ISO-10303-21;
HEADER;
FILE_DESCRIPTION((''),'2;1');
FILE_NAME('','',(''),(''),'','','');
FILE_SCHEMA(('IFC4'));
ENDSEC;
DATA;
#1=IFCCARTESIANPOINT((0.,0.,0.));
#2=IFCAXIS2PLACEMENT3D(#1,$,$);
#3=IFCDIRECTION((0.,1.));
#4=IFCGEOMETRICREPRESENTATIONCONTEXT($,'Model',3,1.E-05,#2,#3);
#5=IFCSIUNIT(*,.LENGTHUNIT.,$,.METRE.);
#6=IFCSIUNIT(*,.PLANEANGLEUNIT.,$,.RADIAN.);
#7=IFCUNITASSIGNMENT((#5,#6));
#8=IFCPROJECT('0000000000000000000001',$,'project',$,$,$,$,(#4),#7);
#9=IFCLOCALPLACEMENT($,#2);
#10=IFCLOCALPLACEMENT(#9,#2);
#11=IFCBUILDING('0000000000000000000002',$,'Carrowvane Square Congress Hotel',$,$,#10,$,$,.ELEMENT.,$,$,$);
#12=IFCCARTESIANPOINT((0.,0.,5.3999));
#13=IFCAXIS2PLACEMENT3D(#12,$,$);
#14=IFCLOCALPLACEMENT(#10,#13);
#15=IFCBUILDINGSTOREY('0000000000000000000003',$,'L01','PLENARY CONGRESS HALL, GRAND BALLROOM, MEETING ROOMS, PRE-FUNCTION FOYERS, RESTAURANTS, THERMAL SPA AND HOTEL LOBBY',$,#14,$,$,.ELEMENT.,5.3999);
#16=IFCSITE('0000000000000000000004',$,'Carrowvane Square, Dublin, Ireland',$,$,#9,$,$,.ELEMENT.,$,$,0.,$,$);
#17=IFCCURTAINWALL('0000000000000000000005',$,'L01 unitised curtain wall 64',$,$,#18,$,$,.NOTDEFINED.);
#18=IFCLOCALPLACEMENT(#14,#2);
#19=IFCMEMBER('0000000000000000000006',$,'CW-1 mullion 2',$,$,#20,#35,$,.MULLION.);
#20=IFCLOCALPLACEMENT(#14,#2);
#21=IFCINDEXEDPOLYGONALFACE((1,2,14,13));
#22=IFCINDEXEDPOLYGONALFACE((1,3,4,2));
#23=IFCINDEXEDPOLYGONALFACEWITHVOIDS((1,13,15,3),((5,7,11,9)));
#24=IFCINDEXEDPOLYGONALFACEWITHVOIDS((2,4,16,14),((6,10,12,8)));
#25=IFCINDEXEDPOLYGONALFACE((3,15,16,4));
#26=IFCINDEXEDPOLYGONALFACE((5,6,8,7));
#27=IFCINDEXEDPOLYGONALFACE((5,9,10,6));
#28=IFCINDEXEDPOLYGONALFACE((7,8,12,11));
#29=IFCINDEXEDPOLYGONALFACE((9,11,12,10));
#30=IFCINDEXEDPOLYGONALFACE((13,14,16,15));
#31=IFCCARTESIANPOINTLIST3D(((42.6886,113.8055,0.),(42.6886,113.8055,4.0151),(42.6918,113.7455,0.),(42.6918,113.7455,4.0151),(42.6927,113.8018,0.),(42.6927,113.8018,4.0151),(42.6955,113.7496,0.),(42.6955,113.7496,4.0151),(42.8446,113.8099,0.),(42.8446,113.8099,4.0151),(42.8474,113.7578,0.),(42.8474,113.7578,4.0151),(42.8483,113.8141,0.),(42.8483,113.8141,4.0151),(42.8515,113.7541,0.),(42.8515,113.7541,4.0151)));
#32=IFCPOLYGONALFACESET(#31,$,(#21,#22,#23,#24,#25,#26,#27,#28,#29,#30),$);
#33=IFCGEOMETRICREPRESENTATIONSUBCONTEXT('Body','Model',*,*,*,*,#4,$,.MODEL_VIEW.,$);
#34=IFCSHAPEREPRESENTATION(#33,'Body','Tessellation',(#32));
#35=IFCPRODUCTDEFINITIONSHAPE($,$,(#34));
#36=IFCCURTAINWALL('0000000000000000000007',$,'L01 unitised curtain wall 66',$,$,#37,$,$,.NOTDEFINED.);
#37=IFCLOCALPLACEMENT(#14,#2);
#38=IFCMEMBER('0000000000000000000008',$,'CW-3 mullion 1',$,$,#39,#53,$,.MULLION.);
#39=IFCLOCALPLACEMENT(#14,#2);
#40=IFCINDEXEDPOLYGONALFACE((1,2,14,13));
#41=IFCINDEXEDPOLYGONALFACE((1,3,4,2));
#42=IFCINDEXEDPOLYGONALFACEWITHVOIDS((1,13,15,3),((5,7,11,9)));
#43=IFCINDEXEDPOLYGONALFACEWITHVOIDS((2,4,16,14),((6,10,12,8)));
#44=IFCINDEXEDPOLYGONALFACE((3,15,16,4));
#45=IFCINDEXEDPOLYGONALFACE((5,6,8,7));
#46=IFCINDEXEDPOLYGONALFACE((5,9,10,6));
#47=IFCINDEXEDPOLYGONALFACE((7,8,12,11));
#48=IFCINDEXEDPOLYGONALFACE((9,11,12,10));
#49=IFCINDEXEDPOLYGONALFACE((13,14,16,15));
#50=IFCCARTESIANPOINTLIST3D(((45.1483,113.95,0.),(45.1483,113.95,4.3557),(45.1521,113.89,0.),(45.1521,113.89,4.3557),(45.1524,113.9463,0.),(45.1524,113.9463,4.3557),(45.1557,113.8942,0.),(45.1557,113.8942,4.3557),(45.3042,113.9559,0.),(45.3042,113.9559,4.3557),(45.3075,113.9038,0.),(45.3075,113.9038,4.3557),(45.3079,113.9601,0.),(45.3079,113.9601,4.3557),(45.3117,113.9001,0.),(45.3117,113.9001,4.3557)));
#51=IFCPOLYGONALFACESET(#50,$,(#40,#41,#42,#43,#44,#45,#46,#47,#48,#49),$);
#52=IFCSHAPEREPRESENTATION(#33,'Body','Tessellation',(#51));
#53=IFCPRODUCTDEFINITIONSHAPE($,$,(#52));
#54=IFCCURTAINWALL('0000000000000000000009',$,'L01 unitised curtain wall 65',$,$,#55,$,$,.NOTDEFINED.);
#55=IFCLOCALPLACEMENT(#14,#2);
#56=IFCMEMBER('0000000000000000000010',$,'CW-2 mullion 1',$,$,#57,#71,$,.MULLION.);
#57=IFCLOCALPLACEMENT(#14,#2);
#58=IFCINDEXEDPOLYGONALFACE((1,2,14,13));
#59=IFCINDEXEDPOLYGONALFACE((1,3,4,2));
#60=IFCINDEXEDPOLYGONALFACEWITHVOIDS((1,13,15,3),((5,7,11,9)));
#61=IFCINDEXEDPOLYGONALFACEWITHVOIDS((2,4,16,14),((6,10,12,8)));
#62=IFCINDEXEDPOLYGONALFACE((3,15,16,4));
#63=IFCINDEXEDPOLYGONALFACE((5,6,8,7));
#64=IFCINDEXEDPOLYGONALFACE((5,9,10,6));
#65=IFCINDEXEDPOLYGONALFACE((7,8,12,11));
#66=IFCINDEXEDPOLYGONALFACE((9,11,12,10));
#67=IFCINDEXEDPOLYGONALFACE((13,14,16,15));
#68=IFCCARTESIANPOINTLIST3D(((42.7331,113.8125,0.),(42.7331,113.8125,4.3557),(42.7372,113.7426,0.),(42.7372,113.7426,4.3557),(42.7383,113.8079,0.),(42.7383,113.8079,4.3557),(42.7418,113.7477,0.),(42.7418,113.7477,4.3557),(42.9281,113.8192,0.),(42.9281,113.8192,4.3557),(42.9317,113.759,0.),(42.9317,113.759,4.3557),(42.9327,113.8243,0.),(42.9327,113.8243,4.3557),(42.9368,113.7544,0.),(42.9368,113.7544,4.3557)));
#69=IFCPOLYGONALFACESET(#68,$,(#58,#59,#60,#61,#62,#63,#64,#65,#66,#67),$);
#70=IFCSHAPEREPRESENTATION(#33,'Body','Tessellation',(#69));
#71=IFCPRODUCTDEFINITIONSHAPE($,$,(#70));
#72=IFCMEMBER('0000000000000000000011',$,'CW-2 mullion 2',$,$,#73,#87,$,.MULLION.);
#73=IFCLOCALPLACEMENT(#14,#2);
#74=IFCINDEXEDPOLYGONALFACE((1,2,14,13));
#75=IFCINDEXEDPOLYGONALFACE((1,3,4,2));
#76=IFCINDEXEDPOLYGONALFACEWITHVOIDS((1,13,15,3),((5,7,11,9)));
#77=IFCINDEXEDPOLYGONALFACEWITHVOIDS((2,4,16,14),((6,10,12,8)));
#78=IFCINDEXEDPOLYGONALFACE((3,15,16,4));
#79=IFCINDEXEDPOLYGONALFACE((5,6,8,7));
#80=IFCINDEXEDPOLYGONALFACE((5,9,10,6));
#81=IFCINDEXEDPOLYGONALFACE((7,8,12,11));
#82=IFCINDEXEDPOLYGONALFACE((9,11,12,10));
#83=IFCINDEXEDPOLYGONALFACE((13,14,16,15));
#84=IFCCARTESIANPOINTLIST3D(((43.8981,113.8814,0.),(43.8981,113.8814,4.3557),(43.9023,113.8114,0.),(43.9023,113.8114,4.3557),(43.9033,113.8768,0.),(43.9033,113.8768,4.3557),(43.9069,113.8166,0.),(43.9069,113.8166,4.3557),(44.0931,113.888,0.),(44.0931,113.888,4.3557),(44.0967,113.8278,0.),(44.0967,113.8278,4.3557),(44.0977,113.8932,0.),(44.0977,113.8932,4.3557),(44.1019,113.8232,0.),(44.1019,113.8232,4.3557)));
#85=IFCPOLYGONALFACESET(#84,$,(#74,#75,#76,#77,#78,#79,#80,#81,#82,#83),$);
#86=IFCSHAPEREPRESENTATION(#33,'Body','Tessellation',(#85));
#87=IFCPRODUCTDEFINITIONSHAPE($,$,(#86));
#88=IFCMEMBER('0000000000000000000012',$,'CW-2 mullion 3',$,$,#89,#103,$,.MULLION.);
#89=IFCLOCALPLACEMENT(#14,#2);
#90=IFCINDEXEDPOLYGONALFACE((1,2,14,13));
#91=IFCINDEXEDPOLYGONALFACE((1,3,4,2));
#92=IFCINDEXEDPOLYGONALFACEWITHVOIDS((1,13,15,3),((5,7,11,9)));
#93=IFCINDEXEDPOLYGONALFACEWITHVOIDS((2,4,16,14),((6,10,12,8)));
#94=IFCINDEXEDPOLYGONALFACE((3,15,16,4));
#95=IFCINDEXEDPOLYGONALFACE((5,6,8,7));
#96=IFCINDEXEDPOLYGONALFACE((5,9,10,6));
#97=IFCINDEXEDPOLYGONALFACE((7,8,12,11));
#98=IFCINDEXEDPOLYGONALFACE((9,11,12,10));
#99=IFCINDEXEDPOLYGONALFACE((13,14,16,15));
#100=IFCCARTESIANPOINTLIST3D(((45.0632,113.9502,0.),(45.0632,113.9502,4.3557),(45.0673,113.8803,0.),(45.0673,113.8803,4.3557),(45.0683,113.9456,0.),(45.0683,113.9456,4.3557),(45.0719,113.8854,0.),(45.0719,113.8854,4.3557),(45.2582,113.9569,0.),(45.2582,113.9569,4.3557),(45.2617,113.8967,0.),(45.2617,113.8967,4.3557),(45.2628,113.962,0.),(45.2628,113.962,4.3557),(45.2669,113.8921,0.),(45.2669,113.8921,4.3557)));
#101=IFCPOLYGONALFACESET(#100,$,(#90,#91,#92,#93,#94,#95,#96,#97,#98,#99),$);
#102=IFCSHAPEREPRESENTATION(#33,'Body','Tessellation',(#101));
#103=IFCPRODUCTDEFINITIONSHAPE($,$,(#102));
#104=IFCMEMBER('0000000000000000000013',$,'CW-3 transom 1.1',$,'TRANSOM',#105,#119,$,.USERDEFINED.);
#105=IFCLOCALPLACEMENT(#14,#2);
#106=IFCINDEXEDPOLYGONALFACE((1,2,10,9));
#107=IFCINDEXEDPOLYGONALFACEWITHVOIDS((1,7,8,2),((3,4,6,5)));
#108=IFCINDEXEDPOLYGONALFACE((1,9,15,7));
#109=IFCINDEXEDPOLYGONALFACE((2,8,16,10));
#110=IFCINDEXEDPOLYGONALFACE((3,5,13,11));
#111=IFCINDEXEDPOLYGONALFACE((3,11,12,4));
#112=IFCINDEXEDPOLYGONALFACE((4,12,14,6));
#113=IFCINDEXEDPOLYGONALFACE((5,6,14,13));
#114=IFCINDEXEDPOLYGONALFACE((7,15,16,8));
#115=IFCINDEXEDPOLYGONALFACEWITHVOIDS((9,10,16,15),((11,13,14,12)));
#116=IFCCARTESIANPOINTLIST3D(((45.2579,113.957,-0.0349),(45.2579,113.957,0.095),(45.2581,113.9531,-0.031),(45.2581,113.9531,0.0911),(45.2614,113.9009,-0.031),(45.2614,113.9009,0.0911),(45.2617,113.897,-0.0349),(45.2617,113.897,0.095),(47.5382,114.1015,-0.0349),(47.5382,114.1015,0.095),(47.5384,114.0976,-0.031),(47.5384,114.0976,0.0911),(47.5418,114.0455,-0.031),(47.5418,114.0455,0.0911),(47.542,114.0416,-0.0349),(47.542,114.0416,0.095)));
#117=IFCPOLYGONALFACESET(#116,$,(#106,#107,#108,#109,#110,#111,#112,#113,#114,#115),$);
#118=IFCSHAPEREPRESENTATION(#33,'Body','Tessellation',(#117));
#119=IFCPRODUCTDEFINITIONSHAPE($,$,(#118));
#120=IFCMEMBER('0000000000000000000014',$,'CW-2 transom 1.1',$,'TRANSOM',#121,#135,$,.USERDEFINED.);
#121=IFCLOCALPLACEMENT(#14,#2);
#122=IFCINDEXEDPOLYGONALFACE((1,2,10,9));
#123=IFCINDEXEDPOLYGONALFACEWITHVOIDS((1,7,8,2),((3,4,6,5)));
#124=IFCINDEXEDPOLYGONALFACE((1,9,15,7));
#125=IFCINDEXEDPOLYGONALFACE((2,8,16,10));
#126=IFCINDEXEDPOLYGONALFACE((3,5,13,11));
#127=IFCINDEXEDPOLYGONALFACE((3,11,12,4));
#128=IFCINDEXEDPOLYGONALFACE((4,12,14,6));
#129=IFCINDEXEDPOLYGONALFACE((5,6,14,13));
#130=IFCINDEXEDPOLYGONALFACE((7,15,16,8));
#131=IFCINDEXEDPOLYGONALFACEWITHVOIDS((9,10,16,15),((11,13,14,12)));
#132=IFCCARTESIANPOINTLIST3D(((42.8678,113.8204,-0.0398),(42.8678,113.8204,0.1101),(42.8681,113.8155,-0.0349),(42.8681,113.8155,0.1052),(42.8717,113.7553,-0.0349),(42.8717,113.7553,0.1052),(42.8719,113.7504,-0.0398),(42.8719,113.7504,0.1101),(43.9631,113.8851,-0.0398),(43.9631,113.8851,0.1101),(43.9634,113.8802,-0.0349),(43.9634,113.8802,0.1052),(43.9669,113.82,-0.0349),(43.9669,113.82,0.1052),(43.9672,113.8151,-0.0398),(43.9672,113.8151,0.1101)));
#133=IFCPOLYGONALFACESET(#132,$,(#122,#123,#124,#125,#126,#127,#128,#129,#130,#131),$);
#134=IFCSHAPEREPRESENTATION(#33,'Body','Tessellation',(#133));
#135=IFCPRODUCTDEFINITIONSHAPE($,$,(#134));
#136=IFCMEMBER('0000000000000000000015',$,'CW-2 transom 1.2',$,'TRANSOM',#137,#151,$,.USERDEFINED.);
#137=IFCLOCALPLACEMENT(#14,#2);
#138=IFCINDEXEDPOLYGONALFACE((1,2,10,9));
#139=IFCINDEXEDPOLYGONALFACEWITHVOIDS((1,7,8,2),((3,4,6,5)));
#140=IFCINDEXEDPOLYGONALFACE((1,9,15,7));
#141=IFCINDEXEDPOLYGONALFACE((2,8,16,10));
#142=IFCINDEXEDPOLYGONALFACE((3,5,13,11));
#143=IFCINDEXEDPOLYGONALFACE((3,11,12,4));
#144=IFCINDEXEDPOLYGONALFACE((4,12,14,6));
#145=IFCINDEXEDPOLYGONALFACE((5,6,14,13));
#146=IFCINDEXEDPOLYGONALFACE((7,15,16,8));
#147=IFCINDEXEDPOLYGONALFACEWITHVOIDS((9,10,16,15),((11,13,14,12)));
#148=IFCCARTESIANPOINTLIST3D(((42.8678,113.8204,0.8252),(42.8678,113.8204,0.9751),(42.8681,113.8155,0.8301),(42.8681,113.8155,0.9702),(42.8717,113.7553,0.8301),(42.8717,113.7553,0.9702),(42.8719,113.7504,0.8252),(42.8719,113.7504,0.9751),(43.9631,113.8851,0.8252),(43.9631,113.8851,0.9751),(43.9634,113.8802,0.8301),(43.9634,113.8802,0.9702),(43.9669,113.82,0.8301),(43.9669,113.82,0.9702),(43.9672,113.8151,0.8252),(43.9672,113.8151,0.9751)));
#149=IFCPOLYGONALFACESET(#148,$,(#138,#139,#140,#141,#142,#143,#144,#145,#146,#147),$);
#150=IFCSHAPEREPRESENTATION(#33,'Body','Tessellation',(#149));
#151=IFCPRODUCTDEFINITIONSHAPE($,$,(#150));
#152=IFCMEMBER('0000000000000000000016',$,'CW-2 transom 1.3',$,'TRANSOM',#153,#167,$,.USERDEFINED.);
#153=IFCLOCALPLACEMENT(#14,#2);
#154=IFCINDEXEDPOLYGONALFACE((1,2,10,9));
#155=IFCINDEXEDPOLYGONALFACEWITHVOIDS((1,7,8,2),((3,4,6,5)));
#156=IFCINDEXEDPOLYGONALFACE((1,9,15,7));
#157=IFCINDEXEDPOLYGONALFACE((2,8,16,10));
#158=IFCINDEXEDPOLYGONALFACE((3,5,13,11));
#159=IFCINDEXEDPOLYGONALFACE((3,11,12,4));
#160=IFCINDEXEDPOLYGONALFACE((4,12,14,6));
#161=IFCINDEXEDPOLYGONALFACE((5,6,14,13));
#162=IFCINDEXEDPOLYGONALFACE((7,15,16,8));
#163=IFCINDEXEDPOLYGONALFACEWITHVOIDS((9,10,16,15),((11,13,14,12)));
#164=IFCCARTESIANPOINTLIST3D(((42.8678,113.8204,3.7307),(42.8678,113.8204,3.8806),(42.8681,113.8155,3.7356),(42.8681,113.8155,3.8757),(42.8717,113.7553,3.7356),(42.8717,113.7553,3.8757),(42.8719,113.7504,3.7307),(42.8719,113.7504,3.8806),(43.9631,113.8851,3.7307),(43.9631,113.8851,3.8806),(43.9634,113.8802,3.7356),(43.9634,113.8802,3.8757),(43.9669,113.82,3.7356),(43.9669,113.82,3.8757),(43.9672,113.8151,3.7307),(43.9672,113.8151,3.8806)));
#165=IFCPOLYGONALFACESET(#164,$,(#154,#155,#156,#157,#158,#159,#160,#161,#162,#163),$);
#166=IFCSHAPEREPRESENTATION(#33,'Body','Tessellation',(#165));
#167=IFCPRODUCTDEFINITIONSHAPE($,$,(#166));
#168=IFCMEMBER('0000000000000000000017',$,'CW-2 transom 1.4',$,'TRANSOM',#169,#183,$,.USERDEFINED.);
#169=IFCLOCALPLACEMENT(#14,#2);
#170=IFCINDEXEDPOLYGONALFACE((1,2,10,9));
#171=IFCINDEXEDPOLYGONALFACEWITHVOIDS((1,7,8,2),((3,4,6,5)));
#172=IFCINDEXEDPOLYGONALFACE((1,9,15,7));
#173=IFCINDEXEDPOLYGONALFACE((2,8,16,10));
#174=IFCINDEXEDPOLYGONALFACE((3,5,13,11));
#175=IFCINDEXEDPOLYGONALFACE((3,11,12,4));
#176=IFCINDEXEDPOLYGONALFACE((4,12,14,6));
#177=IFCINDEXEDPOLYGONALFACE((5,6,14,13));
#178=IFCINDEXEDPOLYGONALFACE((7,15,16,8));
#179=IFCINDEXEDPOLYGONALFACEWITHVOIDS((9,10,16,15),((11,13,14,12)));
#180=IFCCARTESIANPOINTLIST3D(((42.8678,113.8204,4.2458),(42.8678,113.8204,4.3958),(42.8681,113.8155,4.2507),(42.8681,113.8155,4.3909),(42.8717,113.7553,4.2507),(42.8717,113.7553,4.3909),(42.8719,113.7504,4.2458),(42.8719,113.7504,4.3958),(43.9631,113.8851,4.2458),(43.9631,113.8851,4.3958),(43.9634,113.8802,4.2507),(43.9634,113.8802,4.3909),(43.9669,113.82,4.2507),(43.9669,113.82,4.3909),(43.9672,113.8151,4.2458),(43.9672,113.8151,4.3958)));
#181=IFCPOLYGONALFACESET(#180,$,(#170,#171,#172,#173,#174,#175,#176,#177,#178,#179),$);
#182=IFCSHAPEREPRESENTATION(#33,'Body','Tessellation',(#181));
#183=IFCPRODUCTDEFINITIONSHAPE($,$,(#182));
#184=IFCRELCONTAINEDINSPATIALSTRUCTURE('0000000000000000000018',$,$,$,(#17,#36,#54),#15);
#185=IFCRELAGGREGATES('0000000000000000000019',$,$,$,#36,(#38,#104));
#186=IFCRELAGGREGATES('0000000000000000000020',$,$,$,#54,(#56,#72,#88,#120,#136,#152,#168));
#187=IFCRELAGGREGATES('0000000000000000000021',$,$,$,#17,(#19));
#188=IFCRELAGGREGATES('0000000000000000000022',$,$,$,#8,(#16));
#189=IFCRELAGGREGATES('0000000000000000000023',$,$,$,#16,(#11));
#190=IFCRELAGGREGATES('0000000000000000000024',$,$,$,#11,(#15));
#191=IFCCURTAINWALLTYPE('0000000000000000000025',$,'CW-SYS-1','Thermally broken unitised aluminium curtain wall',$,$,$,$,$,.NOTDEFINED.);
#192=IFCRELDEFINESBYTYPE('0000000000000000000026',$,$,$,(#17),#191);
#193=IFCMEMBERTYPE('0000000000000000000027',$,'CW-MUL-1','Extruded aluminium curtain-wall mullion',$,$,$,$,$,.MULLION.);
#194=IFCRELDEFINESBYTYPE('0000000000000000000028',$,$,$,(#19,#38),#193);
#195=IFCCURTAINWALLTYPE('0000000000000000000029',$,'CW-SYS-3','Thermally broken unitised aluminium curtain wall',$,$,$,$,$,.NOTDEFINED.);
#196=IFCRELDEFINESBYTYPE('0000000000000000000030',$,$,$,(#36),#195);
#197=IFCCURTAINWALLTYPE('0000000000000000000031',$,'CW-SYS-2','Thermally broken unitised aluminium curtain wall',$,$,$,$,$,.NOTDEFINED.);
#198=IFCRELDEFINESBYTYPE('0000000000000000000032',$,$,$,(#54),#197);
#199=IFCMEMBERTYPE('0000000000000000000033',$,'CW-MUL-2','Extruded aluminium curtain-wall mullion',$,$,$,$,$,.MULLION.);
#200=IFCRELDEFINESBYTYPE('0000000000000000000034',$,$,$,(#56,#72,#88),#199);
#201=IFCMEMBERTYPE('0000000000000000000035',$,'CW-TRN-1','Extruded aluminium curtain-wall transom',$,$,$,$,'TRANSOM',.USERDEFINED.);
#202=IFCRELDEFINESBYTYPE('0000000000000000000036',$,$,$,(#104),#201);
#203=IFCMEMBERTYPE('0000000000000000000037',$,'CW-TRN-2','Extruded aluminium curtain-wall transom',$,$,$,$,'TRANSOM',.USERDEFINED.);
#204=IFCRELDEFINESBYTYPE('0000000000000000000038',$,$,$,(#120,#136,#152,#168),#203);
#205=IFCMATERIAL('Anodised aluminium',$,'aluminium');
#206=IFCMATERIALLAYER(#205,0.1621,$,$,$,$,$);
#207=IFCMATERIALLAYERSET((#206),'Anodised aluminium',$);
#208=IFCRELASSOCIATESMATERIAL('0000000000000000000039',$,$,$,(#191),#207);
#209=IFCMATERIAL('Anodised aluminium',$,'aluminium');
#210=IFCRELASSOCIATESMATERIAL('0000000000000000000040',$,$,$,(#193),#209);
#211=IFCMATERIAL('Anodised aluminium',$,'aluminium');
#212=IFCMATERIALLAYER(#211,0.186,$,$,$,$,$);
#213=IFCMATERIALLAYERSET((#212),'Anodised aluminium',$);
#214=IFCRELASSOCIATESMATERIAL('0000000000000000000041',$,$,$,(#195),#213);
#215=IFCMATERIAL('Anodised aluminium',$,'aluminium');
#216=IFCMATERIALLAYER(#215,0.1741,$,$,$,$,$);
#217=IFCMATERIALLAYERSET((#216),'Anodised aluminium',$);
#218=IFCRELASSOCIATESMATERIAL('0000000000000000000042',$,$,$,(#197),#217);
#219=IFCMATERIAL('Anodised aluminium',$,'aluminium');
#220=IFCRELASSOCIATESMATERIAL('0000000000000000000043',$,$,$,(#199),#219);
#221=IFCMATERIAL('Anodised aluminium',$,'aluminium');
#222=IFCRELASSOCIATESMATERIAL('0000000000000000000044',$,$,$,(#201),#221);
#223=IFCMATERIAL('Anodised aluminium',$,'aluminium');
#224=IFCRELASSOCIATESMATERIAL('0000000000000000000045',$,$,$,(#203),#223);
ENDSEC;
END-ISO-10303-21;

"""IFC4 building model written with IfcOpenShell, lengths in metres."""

from ifc_helpers import new_model, si_unit, direction, frame, origin, origin_2d, place, context, subcontext, project, spatial, hollow_rectangle, extrude, material, layer, layer_set, material_profile, profile_set, type_object, element, aggregate, save


model = new_model("IFC4")

# Units and contexts
model_context = context("Model", 3, precision=1e-05, world=origin(), true_north=direction((0.0, 1.0)))
body_context = subcontext(model_context, "Body", "Model", "MODEL_VIEW")
ifc_project = project(units=[si_unit("LENGTHUNIT", "METRE"), si_unit("PLANEANGLEUNIT", "RADIAN")], contexts=[model_context])

# Site, building, storey
site_placement = place(None, origin())
site = spatial("IfcSite", under=ifc_project, at=site_placement, Name="Carrowvane Square, Dublin, Ireland", CompositionType="ELEMENT", RefElevation=0.0)
building_placement = place(site_placement, origin())
building = spatial("IfcBuilding", under=site, at=building_placement, Name="Carrowvane Square Congress Hotel", CompositionType="ELEMENT")
storey_placement = place(building_placement, frame((0.0, 0.0, 5.3999)))
storey = spatial("IfcBuildingStorey", under=building, at=storey_placement, Name="L01", Description="PLENARY CONGRESS HALL, GRAND BALLROOM, MEETING ROOMS, PRE-FUNCTION FOYERS, RESTAURANTS, THERMAL SPA AND HOTEL LOBBY", CompositionType="ELEMENT", Elevation=5.3999)

# Curtain walls, members
ifc_material_1 = material(Name="Anodised aluminium", Category="aluminium")
ifc_layer_1 = layer(ifc_material_1, 0.1621)
ifc_layer_set_1 = layer_set([ifc_layer_1], Name="Anodised aluminium")
curtain_wall_type_1 = type_object("IfcCurtainWallType", Name="CW-SYS-1", Description="Thermally broken unitised aluminium curtain wall", PredefinedType="NOTDEFINED", material=ifc_layer_set_1)
curtain_wall_1_placement = place(storey_placement, origin())
curtain_wall_1 = element("IfcCurtainWall", 1, at=curtain_wall_1_placement, inside=storey, type_object=curtain_wall_type_1, Name="L01 unitised curtain wall 64", PredefinedType="NOTDEFINED")
ifc_material_2 = material(Name="Anodised aluminium", Category="aluminium")
ifc_material_profile_1 = material_profile(ifc_material_2, hollow_rectangle(XDim=0.0601, YDim=0.1599, WallThickness=0.0039, at=origin_2d()), Name="CW-ML 60x160x4")
ifc_profile_set_1 = profile_set([ifc_material_profile_1], Name="Anodised aluminium")
member_type_1 = type_object("IfcMemberType", Name="CW-MUL-1", Description="Extruded aluminium curtain-wall mullion", PredefinedType="MULLION", material=ifc_profile_set_1)
member_1_placement = place(storey_placement, frame((42.77, 113.7798, 0.0), z_axis=(0.0, 0.0, 1.0), x_axis=(-0.053515, 0.998567, 0.0)))
member_1 = element("IfcMember", 2, at=member_1_placement, type_object=member_type_1, Name="CW-1 mullion 2", PredefinedType="MULLION", context=body_context, shape_type="SweptSolid", body=[
    extrude(hollow_rectangle(XDim=0.0601, YDim=0.1599, WallThickness=0.0039, at=origin_2d()), origin(), (0.0, 0.0, 1.0), 4.0151),
])
ifc_material_3 = material(Name="Anodised aluminium", Category="aluminium")
ifc_layer_2 = layer(ifc_material_3, 0.186)
ifc_layer_set_2 = layer_set([ifc_layer_2], Name="Anodised aluminium")
curtain_wall_type_2 = type_object("IfcCurtainWallType", Name="CW-SYS-3", Description="Thermally broken unitised aluminium curtain wall", PredefinedType="NOTDEFINED", material=ifc_layer_set_2)
curtain_wall_2_placement = place(storey_placement, origin())
curtain_wall_2 = element("IfcCurtainWall", 3, at=curtain_wall_2_placement, inside=storey, type_object=curtain_wall_type_2, Name="L01 unitised curtain wall 66", PredefinedType="NOTDEFINED")
member_2_placement = place(storey_placement, frame((45.23, 113.925, 0.0), z_axis=(0.0, 0.0, 1.0), x_axis=(-0.063273, 0.997996, 0.0)))
member_2 = element("IfcMember", 4, at=member_2_placement, type_object=member_type_1, Name="CW-3 mullion 1", PredefinedType="MULLION", context=body_context, shape_type="SweptSolid", body=[
    extrude(hollow_rectangle(XDim=0.0601, YDim=0.1599, WallThickness=0.0039, at=origin_2d()), origin(), (0.0, 0.0, 1.0), 4.3557),
])

# Curtain wall, members
ifc_material_4 = material(Name="Anodised aluminium", Category="aluminium")
ifc_layer_3 = layer(ifc_material_4, 0.1741)
ifc_layer_set_3 = layer_set([ifc_layer_3], Name="Anodised aluminium")
curtain_wall_type_3 = type_object("IfcCurtainWallType", Name="CW-SYS-2", Description="Thermally broken unitised aluminium curtain wall", PredefinedType="NOTDEFINED", material=ifc_layer_set_3)
curtain_wall_3_placement = place(storey_placement, origin())
curtain_wall_3 = element("IfcCurtainWall", 5, at=curtain_wall_3_placement, inside=storey, type_object=curtain_wall_type_3, Name="L01 unitised curtain wall 65", PredefinedType="NOTDEFINED")
ifc_material_5 = material(Name="Anodised aluminium", Category="aluminium")
ifc_material_profile_2 = material_profile(ifc_material_5, hollow_rectangle(XDim=0.0701, YDim=0.2, WallThickness=0.0049, at=origin_2d()), Name="CW-ML 70x200x5")
ifc_profile_set_2 = profile_set([ifc_material_profile_2], Name="Anodised aluminium")
member_type_2 = type_object("IfcMemberType", Name="CW-MUL-2", Description="Extruded aluminium curtain-wall mullion", PredefinedType="MULLION", material=ifc_profile_set_2)
member_3_placement = place(storey_placement, frame((42.835, 113.7834, 0.0), z_axis=(0.0, 0.0, 1.0), x_axis=(-0.058989, 0.998259, 0.0)))
member_3 = element("IfcMember", 6, at=member_3_placement, type_object=member_type_2, Name="CW-2 mullion 1", PredefinedType="MULLION", context=body_context, shape_type="SweptSolid", body=[
    extrude(hollow_rectangle(XDim=0.0701, YDim=0.2, WallThickness=0.0049, at=origin_2d()), origin(), (0.0, 0.0, 1.0), 4.3557),
])
member_4_placement = place(storey_placement, frame((44.0, 113.8523, 0.0), z_axis=(0.0, 0.0, 1.0), x_axis=(-0.058989, 0.998259, 0.0)))
member_4 = element("IfcMember", 7, at=member_4_placement, type_object=member_type_2, Name="CW-2 mullion 2", PredefinedType="MULLION", context=body_context, shape_type="SweptSolid", body=[
    extrude(hollow_rectangle(XDim=0.0701, YDim=0.2, WallThickness=0.0049, at=origin_2d()), origin(), (0.0, 0.0, 1.0), 4.3557),
])
member_5_placement = place(storey_placement, frame((45.165, 113.9211, 0.0), z_axis=(0.0, 0.0, 1.0), x_axis=(-0.058989, 0.998259, 0.0)))
member_5 = element("IfcMember", 8, at=member_5_placement, type_object=member_type_2, Name="CW-2 mullion 3", PredefinedType="MULLION", context=body_context, shape_type="SweptSolid", body=[
    extrude(hollow_rectangle(XDim=0.0701, YDim=0.2, WallThickness=0.0049, at=origin_2d()), origin(), (0.0, 0.0, 1.0), 4.3557),
])

# Members
ifc_material_6 = material(Name="Anodised aluminium", Category="aluminium")
ifc_material_profile_3 = material_profile(ifc_material_6, hollow_rectangle(XDim=0.0601, YDim=0.1299, WallThickness=0.0039, at=origin_2d()), Name="CW-TR 60x130x4")
ifc_profile_set_3 = profile_set([ifc_material_profile_3], Name="Anodised aluminium")
member_type_3 = type_object("IfcMemberType", Name="CW-TRN-1", Description="Extruded aluminium curtain-wall transom", ElementType="TRANSOM", PredefinedType="USERDEFINED", material=ifc_profile_set_3)
member_6_placement = place(storey_placement, frame((45.2598, 113.927, 0.03), z_axis=(0.997997, 0.063256, 0.0), x_axis=(-0.063256, 0.997997, 0.0)))
member_6 = element("IfcMember", 9, at=member_6_placement, type_object=member_type_3, Name="CW-3 transom 1.1", ObjectType="TRANSOM", PredefinedType="USERDEFINED", context=body_context, shape_type="SweptSolid", body=[
    extrude(hollow_rectangle(XDim=0.0601, YDim=0.1299, WallThickness=0.0039, at=origin_2d()), origin(), (0.0, 0.0, 1.0), 2.2849),
])
aggregate(curtain_wall_2, [member_2, member_6])
ifc_material_7 = material(Name="Anodised aluminium", Category="aluminium")
ifc_material_profile_4 = material_profile(ifc_material_7, hollow_rectangle(XDim=0.0701, YDim=0.1499, WallThickness=0.0049, at=origin_2d()), Name="CW-TR 70x150x5")
ifc_profile_set_4 = profile_set([ifc_material_profile_4], Name="Anodised aluminium")
member_type_4 = type_object("IfcMemberType", Name="CW-TRN-2", Description="Extruded aluminium curtain-wall transom", ElementType="TRANSOM", PredefinedType="USERDEFINED", material=ifc_profile_set_4)
member_7_placement = place(storey_placement, frame((42.8699, 113.7854, 0.0352), z_axis=(0.99826, 0.05897, 0.0), x_axis=(-0.05897, 0.99826, 0.0)))
member_7 = element("IfcMember", 10, at=member_7_placement, type_object=member_type_4, Name="CW-2 transom 1.1", ObjectType="TRANSOM", PredefinedType="USERDEFINED", context=body_context, shape_type="SweptSolid", body=[
    extrude(hollow_rectangle(XDim=0.0701, YDim=0.1499, WallThickness=0.0049, at=origin_2d()), origin(), (0.0, 0.0, 1.0), 1.0972),
])
member_8_placement = place(storey_placement, frame((42.8699, 113.7854, 0.9001), z_axis=(0.99826, 0.05897, 0.0), x_axis=(-0.05897, 0.99826, 0.0)))
member_8 = element("IfcMember", 11, at=member_8_placement, type_object=member_type_4, Name="CW-2 transom 1.2", ObjectType="TRANSOM", PredefinedType="USERDEFINED", context=body_context, shape_type="SweptSolid", body=[
    extrude(hollow_rectangle(XDim=0.0701, YDim=0.1499, WallThickness=0.0049, at=origin_2d()), origin(), (0.0, 0.0, 1.0), 1.0972),
])
member_9_placement = place(storey_placement, frame((42.8699, 113.7854, 3.8057), z_axis=(0.99826, 0.05897, 0.0), x_axis=(-0.05897, 0.99826, 0.0)))
member_9 = element("IfcMember", 12, at=member_9_placement, type_object=member_type_4, Name="CW-2 transom 1.3", ObjectType="TRANSOM", PredefinedType="USERDEFINED", context=body_context, shape_type="SweptSolid", body=[
    extrude(hollow_rectangle(XDim=0.0701, YDim=0.1499, WallThickness=0.0049, at=origin_2d()), origin(), (0.0, 0.0, 1.0), 1.0972),
])
member_10_placement = place(storey_placement, frame((42.8699, 113.7854, 4.3208), z_axis=(0.99826, 0.05897, 0.0), x_axis=(-0.05897, 0.99826, 0.0)))
member_10 = element("IfcMember", 13, at=member_10_placement, type_object=member_type_4, Name="CW-2 transom 1.4", ObjectType="TRANSOM", PredefinedType="USERDEFINED", context=body_context, shape_type="SweptSolid", body=[
    extrude(hollow_rectangle(XDim=0.0701, YDim=0.1499, WallThickness=0.0049, at=origin_2d()), origin(), (0.0, 0.0, 1.0), 1.0972),
])

aggregate(curtain_wall_3, [member_3, member_4, member_5, member_7, member_8, member_9, member_10])
aggregate(curtain_wall_1, [member_1])

save(model, "model.ifc")
